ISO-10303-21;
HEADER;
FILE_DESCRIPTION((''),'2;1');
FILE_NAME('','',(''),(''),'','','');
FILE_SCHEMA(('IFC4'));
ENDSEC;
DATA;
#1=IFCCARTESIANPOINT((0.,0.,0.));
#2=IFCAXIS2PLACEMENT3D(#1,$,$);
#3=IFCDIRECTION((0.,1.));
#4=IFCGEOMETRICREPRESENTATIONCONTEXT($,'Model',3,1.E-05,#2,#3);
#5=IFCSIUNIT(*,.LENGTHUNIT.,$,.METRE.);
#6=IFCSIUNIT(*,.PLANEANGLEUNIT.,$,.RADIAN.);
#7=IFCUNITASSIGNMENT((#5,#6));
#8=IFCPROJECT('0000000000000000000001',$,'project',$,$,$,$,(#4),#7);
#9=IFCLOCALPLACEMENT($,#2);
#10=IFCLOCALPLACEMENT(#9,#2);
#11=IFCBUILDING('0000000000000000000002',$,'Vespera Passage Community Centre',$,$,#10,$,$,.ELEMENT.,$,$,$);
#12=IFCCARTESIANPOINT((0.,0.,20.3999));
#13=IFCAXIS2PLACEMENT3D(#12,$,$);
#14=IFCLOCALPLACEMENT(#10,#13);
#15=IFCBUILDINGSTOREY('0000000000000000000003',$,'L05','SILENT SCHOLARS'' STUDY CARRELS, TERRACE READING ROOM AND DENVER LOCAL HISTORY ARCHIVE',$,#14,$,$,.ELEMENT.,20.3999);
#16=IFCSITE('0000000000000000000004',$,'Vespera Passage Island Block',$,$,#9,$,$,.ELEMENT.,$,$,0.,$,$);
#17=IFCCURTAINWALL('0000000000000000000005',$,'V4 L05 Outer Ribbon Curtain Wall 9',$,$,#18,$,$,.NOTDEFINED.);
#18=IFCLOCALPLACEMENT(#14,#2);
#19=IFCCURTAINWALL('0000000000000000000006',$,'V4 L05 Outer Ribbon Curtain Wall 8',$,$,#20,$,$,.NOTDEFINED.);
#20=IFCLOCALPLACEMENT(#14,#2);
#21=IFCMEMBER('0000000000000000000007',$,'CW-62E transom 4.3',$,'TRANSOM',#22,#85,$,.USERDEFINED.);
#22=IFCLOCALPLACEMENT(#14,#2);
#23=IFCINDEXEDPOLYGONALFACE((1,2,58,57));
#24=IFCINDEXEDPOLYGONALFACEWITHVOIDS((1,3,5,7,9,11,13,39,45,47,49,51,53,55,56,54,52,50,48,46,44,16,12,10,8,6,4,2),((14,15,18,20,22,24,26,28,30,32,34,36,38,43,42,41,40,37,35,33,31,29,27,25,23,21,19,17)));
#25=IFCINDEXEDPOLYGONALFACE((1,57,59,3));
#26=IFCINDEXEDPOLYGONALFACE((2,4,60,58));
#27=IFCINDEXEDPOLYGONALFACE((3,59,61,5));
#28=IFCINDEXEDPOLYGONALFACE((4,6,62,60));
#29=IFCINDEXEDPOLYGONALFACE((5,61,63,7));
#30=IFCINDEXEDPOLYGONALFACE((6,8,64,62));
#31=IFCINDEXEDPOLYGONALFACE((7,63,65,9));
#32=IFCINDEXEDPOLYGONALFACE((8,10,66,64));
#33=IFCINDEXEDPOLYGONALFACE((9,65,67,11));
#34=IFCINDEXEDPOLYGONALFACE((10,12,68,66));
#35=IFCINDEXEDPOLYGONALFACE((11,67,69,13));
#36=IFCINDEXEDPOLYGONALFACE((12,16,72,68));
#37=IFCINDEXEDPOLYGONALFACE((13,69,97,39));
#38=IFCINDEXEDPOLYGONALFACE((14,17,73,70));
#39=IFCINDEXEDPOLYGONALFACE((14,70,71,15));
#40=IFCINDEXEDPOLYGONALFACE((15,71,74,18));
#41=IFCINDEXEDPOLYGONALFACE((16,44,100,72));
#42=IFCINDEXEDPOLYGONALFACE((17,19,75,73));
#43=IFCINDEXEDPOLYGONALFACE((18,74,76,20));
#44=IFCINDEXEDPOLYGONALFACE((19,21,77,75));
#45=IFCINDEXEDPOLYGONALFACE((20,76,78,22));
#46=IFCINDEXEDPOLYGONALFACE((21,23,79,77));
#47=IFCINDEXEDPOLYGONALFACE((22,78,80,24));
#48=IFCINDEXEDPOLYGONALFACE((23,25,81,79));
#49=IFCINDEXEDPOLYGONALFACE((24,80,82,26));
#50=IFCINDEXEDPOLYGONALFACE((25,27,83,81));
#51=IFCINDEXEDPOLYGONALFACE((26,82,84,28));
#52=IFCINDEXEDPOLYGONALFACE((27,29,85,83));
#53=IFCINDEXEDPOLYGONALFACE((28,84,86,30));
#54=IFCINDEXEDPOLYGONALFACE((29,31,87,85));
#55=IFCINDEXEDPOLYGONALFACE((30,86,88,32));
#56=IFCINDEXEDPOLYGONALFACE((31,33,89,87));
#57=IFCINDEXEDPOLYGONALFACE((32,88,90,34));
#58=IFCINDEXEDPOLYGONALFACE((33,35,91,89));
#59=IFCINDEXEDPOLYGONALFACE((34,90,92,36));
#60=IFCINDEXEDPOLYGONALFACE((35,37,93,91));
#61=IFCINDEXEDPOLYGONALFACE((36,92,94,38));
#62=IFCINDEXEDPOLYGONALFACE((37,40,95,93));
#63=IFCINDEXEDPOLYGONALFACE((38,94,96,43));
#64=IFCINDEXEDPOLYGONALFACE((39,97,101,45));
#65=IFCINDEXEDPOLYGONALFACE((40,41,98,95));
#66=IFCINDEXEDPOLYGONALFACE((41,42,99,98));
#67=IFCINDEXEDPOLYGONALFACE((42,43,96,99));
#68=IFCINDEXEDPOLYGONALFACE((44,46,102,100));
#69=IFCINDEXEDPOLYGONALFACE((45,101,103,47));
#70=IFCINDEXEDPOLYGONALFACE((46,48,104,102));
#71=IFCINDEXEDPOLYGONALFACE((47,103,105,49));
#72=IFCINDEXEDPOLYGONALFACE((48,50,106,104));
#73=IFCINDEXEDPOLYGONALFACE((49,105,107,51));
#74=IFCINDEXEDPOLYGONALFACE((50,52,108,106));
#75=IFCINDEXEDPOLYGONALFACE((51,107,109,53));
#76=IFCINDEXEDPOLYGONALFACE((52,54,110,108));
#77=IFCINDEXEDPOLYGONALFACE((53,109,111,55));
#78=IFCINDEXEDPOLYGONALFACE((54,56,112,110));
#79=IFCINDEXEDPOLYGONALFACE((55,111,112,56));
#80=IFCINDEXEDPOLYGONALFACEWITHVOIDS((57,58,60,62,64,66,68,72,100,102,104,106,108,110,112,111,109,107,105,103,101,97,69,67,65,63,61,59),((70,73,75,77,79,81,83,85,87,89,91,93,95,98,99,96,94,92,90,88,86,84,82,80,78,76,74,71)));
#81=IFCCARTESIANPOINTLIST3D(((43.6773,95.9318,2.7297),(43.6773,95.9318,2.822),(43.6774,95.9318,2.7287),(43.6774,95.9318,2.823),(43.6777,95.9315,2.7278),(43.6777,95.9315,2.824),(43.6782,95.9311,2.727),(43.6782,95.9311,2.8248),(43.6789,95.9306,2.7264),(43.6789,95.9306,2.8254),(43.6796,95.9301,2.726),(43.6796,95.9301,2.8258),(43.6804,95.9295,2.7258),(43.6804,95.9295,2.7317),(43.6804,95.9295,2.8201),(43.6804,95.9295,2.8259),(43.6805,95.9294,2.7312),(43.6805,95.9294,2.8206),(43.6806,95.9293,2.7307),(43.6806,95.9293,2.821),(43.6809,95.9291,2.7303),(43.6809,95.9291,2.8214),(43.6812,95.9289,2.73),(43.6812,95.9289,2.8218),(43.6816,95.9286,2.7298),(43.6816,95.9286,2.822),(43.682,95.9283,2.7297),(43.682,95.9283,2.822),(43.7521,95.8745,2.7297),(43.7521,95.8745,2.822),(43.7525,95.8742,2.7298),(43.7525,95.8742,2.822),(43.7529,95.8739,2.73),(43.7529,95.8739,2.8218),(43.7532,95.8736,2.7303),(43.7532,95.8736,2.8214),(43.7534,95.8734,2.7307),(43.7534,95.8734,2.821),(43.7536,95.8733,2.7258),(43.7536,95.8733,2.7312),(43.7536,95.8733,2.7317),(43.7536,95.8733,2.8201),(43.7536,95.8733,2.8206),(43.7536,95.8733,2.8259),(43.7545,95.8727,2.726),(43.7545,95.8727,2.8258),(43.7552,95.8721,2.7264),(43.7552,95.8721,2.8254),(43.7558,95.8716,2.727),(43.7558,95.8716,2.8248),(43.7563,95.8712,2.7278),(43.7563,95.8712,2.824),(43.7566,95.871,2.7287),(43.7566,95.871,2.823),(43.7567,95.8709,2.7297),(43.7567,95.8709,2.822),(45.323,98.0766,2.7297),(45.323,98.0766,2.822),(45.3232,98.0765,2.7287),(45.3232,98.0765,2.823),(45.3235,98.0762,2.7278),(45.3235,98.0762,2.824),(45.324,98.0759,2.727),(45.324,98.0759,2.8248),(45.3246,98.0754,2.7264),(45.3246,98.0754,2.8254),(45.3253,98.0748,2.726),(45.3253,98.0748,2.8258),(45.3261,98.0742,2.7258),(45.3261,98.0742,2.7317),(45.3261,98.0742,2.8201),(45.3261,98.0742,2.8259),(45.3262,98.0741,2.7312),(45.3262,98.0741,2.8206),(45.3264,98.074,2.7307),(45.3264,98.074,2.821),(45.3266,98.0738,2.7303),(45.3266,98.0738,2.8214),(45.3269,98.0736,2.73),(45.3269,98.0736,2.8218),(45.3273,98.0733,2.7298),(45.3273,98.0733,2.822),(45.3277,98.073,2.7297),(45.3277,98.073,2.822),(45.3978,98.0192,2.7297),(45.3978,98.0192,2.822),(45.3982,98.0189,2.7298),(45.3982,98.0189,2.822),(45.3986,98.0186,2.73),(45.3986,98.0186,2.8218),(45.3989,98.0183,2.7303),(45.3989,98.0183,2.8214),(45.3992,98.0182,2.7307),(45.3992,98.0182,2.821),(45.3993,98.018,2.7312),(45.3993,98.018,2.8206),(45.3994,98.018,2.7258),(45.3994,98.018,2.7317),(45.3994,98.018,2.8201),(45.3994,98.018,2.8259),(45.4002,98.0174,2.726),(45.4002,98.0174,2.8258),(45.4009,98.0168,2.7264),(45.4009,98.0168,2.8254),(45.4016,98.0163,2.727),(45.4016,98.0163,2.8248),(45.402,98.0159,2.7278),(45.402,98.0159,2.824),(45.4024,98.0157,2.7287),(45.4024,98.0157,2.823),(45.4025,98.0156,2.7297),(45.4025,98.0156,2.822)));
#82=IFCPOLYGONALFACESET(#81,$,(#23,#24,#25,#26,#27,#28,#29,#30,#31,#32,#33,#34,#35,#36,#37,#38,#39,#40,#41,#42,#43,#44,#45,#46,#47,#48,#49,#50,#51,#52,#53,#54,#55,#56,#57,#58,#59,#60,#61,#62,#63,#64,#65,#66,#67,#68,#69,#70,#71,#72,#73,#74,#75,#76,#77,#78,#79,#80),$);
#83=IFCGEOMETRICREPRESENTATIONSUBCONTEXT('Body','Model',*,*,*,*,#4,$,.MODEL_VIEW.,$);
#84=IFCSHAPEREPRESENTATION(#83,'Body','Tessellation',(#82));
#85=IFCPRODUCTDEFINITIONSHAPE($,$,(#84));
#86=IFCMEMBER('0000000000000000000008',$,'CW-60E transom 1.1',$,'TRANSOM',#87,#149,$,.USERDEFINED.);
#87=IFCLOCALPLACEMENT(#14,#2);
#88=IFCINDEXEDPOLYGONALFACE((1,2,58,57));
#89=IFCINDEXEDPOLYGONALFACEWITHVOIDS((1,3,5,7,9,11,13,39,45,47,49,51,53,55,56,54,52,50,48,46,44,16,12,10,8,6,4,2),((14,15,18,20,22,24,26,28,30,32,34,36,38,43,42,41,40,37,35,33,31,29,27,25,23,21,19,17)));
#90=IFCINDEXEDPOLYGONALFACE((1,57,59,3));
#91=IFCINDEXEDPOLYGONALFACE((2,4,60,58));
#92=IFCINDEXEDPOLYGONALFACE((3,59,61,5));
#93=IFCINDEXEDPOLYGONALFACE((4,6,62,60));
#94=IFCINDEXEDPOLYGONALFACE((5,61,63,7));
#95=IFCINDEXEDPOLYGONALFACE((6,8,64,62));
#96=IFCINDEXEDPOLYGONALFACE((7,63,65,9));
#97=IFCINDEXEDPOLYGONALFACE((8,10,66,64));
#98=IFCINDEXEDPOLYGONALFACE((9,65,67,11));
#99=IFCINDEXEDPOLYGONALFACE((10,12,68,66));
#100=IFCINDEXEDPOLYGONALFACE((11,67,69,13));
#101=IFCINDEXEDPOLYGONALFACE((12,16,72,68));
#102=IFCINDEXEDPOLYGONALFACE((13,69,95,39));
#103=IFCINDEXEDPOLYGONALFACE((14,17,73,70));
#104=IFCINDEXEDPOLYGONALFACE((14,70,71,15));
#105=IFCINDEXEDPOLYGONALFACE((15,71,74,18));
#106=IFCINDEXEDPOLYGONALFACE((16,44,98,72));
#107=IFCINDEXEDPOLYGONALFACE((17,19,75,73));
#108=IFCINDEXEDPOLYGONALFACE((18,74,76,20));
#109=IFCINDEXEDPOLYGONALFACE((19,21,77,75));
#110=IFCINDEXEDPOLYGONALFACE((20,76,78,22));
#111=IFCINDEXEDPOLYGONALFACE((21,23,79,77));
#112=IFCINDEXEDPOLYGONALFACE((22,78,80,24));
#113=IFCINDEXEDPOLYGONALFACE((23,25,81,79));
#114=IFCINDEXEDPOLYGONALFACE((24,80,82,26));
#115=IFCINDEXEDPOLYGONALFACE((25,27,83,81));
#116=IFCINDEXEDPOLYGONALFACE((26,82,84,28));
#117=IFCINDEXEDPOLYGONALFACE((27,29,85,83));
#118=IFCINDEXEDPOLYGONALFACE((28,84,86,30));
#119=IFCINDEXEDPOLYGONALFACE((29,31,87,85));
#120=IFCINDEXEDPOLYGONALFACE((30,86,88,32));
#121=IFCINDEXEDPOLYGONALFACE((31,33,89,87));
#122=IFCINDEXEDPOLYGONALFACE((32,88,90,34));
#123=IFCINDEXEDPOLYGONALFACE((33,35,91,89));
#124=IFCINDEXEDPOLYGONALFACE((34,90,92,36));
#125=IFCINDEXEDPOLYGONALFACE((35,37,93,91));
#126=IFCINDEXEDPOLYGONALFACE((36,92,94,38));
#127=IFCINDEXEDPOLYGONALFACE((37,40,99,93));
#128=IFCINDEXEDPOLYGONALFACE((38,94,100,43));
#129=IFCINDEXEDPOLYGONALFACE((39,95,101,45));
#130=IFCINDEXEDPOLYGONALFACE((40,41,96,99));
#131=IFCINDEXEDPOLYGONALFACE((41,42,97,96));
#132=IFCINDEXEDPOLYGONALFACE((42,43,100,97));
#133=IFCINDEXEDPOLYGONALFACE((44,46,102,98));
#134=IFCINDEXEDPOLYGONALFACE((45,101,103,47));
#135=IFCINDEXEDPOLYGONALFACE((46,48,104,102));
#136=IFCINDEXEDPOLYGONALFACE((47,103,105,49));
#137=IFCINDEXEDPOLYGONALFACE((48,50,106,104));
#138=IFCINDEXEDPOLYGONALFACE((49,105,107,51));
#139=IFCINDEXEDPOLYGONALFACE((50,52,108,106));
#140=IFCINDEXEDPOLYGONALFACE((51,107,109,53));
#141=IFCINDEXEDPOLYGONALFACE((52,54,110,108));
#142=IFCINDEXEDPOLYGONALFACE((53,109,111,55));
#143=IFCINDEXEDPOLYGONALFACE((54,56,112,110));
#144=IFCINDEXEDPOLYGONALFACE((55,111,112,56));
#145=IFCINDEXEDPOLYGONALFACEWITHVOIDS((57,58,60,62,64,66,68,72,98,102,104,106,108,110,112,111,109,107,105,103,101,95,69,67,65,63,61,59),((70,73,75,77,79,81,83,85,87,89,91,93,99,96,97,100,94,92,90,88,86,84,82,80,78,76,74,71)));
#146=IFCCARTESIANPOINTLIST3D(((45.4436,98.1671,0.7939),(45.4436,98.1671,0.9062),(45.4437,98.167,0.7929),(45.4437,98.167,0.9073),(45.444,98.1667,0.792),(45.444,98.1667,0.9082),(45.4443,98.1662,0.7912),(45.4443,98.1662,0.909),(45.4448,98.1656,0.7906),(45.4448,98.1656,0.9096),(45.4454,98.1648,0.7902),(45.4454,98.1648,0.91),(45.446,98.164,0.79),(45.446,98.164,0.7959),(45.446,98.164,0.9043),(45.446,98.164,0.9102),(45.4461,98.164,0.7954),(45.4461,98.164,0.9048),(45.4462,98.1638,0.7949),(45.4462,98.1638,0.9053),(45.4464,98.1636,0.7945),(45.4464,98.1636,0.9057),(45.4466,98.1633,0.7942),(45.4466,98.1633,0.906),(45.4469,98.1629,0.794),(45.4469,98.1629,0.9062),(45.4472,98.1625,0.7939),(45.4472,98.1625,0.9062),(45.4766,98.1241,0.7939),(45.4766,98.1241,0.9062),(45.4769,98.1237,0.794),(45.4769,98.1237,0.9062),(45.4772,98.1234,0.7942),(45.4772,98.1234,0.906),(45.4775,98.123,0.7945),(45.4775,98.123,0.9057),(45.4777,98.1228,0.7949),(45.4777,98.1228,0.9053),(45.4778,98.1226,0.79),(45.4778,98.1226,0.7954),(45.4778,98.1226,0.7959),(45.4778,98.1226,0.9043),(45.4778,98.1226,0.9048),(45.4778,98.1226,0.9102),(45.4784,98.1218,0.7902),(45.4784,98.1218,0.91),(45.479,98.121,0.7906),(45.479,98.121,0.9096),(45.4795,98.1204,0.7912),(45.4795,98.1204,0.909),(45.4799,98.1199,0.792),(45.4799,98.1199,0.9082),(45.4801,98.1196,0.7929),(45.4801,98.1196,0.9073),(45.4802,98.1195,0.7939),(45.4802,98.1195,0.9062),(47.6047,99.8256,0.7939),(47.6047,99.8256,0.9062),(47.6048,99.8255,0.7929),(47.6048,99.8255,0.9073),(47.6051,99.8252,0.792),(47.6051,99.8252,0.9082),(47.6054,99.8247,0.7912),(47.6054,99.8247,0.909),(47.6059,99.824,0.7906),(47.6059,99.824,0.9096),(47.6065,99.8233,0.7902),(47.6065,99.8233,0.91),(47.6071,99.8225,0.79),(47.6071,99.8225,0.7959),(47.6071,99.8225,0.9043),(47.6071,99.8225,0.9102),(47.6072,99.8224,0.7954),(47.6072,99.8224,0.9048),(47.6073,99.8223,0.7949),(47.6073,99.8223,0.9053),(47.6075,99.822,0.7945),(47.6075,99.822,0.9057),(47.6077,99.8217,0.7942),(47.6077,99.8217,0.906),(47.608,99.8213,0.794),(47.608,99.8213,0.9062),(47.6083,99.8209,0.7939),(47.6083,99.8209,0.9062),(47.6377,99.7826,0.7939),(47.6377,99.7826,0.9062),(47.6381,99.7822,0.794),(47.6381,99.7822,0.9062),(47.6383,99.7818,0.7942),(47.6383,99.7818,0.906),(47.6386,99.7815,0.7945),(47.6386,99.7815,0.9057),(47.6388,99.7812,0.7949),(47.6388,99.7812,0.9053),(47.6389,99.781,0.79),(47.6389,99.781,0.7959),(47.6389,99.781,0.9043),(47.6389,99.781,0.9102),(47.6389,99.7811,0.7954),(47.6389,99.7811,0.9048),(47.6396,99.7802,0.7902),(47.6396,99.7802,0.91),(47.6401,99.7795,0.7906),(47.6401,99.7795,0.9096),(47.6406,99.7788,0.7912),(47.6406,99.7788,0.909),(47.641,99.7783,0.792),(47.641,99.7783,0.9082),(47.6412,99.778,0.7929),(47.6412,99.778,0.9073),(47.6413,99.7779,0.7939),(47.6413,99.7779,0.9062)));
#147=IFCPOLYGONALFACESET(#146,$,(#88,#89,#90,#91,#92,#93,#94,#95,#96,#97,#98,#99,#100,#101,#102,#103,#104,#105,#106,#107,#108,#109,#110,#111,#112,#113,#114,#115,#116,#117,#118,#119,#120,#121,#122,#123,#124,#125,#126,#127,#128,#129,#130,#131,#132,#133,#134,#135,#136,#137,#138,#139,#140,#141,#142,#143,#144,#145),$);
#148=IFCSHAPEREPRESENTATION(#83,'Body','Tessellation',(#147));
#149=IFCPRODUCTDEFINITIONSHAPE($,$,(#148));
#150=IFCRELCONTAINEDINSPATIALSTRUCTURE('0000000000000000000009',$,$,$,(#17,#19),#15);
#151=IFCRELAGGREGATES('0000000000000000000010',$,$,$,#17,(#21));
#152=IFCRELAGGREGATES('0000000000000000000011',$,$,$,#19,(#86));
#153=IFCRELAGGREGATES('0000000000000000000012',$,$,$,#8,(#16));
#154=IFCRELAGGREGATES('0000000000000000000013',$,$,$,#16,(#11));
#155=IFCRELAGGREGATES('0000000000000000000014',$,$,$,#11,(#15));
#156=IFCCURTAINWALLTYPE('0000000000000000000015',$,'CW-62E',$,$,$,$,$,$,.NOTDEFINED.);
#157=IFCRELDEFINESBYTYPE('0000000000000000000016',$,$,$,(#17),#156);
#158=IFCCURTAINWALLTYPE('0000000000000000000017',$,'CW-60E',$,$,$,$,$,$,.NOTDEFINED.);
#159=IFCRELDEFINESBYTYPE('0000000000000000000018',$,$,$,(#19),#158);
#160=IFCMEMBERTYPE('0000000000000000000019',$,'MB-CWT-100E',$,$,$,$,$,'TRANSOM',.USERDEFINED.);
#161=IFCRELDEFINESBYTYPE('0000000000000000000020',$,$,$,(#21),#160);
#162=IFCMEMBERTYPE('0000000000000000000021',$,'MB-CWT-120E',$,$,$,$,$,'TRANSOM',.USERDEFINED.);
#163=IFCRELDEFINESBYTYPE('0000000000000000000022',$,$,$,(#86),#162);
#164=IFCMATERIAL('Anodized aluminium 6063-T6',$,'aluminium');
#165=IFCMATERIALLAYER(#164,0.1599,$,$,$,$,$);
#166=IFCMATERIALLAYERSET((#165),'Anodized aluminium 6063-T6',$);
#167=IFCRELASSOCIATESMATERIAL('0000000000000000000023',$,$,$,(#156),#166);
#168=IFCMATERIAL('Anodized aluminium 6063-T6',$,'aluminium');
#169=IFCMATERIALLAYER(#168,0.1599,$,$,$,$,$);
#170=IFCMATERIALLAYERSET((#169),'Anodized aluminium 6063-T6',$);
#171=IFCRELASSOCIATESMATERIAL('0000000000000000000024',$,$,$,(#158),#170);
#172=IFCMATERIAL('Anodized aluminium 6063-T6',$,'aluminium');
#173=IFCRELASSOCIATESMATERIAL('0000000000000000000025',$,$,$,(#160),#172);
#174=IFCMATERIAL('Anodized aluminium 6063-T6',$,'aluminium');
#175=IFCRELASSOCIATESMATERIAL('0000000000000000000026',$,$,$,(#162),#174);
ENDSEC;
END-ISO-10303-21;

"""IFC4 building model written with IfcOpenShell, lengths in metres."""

from ifc_helpers import new_model, si_unit, direction, frame, origin, origin_2d, place, context, subcontext, project, spatial, hollow_rectangle, extrude, material, layer, layer_set, material_profile, profile_set, type_object, element, aggregate, save


model = new_model("IFC4")

# Units and contexts
model_context = context("Model", 3, precision=1e-05, world=origin(), true_north=direction((0.0, 1.0)))
body_context = subcontext(model_context, "Body", "Model", "MODEL_VIEW")
ifc_project = project(units=[si_unit("LENGTHUNIT", "METRE"), si_unit("PLANEANGLEUNIT", "RADIAN")], contexts=[model_context])

# Site, building, storey
site_placement = place(None, origin())
site = spatial("IfcSite", under=ifc_project, at=site_placement, Name="Vespera Passage Island Block", CompositionType="ELEMENT", RefElevation=0.0)
building_placement = place(site_placement, origin())
building = spatial("IfcBuilding", under=site, at=building_placement, Name="Vespera Passage Community Centre", CompositionType="ELEMENT")
storey_placement = place(building_placement, frame((0.0, 0.0, 20.3999)))
storey = spatial("IfcBuildingStorey", under=building, at=storey_placement, Name="L05", Description="SILENT SCHOLARS' STUDY CARRELS, TERRACE READING ROOM AND DENVER LOCAL HISTORY ARCHIVE", CompositionType="ELEMENT", Elevation=20.3999)

# Curtain walls
ifc_material_1 = material(Name="Anodized aluminium 6063-T6", Category="aluminium")
ifc_layer_1 = layer(ifc_material_1, 0.1599)
ifc_layer_set_1 = layer_set([ifc_layer_1], Name="Anodized aluminium 6063-T6")
curtain_wall_type_1 = type_object("IfcCurtainWallType", Name="CW-62E", PredefinedType="NOTDEFINED", material=ifc_layer_set_1)
curtain_wall_1_placement = place(storey_placement, origin())
curtain_wall_1 = element("IfcCurtainWall", 1, at=curtain_wall_1_placement, inside=storey, type_object=curtain_wall_type_1, Name="V4 L05 Outer Ribbon Curtain Wall 9", PredefinedType="NOTDEFINED")
ifc_material_2 = material(Name="Anodized aluminium 6063-T6", Category="aluminium")
ifc_layer_2 = layer(ifc_material_2, 0.1599)
ifc_layer_set_2 = layer_set([ifc_layer_2], Name="Anodized aluminium 6063-T6")
curtain_wall_type_2 = type_object("IfcCurtainWallType", Name="CW-60E", PredefinedType="NOTDEFINED", material=ifc_layer_set_2)
curtain_wall_2_placement = place(storey_placement, origin())
curtain_wall_2 = element("IfcCurtainWall", 2, at=curtain_wall_2_placement, inside=storey, type_object=curtain_wall_type_2, Name="V4 L05 Outer Ribbon Curtain Wall 8", PredefinedType="NOTDEFINED")

# Members
ifc_material_3 = material(Name="Anodized aluminium 6063-T6", Category="aluminium")
ifc_material_profile_1 = material_profile(ifc_material_3, hollow_rectangle(XDim=0.1001, YDim=0.1001, WallThickness=0.0039, InnerFilletRadius=0.002, OuterFilletRadius=0.0039, at=origin_2d()), Name="ALU100X100X4")
ifc_profile_set_1 = profile_set([ifc_material_profile_1], Name="Anodized aluminium 6063-T6")
member_type_1 = type_object("IfcMemberType", Name="MB-CWT-100E", ElementType="TRANSOM", PredefinedType="USERDEFINED", material=ifc_profile_set_1)
member_1_placement = place(storey_placement, frame((43.717, 95.9014, 2.7759), z_axis=(0.608763, 0.793352, 0.0), x_axis=(-0.793352, 0.608763, 0.0)))
member_1 = element("IfcMember", 3, at=member_1_placement, type_object=member_type_1, Name="CW-62E transom 4.3", ObjectType="TRANSOM", PredefinedType="USERDEFINED", context=body_context, shape_type="SweptSolid", body=[
    extrude(hollow_rectangle(XDim=0.1001, YDim=0.1001, WallThickness=0.0039, InnerFilletRadius=0.002, OuterFilletRadius=0.0039, at=origin_2d()), origin(), (0.0, 0.0, 1.0), 2.7034),
])
ifc_material_4 = material(Name="Anodized aluminium 6063-T6", Category="aluminium")
ifc_material_profile_2 = material_profile(ifc_material_4, hollow_rectangle(XDim=0.0601, YDim=0.1201, WallThickness=0.0039, InnerFilletRadius=0.002, OuterFilletRadius=0.0039, at=origin_2d()), Name="ALU120X60X4")
ifc_profile_set_2 = profile_set([ifc_material_profile_2], Name="Anodized aluminium 6063-T6")
member_type_2 = type_object("IfcMemberType", Name="MB-CWT-120E", ElementType="TRANSOM", PredefinedType="USERDEFINED", material=ifc_profile_set_2)
member_2_placement = place(storey_placement, frame((45.4619, 98.1433, 0.8501), z_axis=(0.793326, 0.608796, 0.0), x_axis=(-0.608796, 0.793326, 0.0)))
member_2 = element("IfcMember", 4, at=member_2_placement, type_object=member_type_2, Name="CW-60E transom 1.1", ObjectType="TRANSOM", PredefinedType="USERDEFINED", context=body_context, shape_type="SweptSolid", body=[
    extrude(hollow_rectangle(XDim=0.0601, YDim=0.1201, WallThickness=0.0039, InnerFilletRadius=0.002, OuterFilletRadius=0.0039, at=origin_2d()), origin(), (0.0, 0.0, 1.0), 2.7241),
])

aggregate(curtain_wall_1, [member_1])
aggregate(curtain_wall_2, [member_2])

save(model, "model.ifc")
